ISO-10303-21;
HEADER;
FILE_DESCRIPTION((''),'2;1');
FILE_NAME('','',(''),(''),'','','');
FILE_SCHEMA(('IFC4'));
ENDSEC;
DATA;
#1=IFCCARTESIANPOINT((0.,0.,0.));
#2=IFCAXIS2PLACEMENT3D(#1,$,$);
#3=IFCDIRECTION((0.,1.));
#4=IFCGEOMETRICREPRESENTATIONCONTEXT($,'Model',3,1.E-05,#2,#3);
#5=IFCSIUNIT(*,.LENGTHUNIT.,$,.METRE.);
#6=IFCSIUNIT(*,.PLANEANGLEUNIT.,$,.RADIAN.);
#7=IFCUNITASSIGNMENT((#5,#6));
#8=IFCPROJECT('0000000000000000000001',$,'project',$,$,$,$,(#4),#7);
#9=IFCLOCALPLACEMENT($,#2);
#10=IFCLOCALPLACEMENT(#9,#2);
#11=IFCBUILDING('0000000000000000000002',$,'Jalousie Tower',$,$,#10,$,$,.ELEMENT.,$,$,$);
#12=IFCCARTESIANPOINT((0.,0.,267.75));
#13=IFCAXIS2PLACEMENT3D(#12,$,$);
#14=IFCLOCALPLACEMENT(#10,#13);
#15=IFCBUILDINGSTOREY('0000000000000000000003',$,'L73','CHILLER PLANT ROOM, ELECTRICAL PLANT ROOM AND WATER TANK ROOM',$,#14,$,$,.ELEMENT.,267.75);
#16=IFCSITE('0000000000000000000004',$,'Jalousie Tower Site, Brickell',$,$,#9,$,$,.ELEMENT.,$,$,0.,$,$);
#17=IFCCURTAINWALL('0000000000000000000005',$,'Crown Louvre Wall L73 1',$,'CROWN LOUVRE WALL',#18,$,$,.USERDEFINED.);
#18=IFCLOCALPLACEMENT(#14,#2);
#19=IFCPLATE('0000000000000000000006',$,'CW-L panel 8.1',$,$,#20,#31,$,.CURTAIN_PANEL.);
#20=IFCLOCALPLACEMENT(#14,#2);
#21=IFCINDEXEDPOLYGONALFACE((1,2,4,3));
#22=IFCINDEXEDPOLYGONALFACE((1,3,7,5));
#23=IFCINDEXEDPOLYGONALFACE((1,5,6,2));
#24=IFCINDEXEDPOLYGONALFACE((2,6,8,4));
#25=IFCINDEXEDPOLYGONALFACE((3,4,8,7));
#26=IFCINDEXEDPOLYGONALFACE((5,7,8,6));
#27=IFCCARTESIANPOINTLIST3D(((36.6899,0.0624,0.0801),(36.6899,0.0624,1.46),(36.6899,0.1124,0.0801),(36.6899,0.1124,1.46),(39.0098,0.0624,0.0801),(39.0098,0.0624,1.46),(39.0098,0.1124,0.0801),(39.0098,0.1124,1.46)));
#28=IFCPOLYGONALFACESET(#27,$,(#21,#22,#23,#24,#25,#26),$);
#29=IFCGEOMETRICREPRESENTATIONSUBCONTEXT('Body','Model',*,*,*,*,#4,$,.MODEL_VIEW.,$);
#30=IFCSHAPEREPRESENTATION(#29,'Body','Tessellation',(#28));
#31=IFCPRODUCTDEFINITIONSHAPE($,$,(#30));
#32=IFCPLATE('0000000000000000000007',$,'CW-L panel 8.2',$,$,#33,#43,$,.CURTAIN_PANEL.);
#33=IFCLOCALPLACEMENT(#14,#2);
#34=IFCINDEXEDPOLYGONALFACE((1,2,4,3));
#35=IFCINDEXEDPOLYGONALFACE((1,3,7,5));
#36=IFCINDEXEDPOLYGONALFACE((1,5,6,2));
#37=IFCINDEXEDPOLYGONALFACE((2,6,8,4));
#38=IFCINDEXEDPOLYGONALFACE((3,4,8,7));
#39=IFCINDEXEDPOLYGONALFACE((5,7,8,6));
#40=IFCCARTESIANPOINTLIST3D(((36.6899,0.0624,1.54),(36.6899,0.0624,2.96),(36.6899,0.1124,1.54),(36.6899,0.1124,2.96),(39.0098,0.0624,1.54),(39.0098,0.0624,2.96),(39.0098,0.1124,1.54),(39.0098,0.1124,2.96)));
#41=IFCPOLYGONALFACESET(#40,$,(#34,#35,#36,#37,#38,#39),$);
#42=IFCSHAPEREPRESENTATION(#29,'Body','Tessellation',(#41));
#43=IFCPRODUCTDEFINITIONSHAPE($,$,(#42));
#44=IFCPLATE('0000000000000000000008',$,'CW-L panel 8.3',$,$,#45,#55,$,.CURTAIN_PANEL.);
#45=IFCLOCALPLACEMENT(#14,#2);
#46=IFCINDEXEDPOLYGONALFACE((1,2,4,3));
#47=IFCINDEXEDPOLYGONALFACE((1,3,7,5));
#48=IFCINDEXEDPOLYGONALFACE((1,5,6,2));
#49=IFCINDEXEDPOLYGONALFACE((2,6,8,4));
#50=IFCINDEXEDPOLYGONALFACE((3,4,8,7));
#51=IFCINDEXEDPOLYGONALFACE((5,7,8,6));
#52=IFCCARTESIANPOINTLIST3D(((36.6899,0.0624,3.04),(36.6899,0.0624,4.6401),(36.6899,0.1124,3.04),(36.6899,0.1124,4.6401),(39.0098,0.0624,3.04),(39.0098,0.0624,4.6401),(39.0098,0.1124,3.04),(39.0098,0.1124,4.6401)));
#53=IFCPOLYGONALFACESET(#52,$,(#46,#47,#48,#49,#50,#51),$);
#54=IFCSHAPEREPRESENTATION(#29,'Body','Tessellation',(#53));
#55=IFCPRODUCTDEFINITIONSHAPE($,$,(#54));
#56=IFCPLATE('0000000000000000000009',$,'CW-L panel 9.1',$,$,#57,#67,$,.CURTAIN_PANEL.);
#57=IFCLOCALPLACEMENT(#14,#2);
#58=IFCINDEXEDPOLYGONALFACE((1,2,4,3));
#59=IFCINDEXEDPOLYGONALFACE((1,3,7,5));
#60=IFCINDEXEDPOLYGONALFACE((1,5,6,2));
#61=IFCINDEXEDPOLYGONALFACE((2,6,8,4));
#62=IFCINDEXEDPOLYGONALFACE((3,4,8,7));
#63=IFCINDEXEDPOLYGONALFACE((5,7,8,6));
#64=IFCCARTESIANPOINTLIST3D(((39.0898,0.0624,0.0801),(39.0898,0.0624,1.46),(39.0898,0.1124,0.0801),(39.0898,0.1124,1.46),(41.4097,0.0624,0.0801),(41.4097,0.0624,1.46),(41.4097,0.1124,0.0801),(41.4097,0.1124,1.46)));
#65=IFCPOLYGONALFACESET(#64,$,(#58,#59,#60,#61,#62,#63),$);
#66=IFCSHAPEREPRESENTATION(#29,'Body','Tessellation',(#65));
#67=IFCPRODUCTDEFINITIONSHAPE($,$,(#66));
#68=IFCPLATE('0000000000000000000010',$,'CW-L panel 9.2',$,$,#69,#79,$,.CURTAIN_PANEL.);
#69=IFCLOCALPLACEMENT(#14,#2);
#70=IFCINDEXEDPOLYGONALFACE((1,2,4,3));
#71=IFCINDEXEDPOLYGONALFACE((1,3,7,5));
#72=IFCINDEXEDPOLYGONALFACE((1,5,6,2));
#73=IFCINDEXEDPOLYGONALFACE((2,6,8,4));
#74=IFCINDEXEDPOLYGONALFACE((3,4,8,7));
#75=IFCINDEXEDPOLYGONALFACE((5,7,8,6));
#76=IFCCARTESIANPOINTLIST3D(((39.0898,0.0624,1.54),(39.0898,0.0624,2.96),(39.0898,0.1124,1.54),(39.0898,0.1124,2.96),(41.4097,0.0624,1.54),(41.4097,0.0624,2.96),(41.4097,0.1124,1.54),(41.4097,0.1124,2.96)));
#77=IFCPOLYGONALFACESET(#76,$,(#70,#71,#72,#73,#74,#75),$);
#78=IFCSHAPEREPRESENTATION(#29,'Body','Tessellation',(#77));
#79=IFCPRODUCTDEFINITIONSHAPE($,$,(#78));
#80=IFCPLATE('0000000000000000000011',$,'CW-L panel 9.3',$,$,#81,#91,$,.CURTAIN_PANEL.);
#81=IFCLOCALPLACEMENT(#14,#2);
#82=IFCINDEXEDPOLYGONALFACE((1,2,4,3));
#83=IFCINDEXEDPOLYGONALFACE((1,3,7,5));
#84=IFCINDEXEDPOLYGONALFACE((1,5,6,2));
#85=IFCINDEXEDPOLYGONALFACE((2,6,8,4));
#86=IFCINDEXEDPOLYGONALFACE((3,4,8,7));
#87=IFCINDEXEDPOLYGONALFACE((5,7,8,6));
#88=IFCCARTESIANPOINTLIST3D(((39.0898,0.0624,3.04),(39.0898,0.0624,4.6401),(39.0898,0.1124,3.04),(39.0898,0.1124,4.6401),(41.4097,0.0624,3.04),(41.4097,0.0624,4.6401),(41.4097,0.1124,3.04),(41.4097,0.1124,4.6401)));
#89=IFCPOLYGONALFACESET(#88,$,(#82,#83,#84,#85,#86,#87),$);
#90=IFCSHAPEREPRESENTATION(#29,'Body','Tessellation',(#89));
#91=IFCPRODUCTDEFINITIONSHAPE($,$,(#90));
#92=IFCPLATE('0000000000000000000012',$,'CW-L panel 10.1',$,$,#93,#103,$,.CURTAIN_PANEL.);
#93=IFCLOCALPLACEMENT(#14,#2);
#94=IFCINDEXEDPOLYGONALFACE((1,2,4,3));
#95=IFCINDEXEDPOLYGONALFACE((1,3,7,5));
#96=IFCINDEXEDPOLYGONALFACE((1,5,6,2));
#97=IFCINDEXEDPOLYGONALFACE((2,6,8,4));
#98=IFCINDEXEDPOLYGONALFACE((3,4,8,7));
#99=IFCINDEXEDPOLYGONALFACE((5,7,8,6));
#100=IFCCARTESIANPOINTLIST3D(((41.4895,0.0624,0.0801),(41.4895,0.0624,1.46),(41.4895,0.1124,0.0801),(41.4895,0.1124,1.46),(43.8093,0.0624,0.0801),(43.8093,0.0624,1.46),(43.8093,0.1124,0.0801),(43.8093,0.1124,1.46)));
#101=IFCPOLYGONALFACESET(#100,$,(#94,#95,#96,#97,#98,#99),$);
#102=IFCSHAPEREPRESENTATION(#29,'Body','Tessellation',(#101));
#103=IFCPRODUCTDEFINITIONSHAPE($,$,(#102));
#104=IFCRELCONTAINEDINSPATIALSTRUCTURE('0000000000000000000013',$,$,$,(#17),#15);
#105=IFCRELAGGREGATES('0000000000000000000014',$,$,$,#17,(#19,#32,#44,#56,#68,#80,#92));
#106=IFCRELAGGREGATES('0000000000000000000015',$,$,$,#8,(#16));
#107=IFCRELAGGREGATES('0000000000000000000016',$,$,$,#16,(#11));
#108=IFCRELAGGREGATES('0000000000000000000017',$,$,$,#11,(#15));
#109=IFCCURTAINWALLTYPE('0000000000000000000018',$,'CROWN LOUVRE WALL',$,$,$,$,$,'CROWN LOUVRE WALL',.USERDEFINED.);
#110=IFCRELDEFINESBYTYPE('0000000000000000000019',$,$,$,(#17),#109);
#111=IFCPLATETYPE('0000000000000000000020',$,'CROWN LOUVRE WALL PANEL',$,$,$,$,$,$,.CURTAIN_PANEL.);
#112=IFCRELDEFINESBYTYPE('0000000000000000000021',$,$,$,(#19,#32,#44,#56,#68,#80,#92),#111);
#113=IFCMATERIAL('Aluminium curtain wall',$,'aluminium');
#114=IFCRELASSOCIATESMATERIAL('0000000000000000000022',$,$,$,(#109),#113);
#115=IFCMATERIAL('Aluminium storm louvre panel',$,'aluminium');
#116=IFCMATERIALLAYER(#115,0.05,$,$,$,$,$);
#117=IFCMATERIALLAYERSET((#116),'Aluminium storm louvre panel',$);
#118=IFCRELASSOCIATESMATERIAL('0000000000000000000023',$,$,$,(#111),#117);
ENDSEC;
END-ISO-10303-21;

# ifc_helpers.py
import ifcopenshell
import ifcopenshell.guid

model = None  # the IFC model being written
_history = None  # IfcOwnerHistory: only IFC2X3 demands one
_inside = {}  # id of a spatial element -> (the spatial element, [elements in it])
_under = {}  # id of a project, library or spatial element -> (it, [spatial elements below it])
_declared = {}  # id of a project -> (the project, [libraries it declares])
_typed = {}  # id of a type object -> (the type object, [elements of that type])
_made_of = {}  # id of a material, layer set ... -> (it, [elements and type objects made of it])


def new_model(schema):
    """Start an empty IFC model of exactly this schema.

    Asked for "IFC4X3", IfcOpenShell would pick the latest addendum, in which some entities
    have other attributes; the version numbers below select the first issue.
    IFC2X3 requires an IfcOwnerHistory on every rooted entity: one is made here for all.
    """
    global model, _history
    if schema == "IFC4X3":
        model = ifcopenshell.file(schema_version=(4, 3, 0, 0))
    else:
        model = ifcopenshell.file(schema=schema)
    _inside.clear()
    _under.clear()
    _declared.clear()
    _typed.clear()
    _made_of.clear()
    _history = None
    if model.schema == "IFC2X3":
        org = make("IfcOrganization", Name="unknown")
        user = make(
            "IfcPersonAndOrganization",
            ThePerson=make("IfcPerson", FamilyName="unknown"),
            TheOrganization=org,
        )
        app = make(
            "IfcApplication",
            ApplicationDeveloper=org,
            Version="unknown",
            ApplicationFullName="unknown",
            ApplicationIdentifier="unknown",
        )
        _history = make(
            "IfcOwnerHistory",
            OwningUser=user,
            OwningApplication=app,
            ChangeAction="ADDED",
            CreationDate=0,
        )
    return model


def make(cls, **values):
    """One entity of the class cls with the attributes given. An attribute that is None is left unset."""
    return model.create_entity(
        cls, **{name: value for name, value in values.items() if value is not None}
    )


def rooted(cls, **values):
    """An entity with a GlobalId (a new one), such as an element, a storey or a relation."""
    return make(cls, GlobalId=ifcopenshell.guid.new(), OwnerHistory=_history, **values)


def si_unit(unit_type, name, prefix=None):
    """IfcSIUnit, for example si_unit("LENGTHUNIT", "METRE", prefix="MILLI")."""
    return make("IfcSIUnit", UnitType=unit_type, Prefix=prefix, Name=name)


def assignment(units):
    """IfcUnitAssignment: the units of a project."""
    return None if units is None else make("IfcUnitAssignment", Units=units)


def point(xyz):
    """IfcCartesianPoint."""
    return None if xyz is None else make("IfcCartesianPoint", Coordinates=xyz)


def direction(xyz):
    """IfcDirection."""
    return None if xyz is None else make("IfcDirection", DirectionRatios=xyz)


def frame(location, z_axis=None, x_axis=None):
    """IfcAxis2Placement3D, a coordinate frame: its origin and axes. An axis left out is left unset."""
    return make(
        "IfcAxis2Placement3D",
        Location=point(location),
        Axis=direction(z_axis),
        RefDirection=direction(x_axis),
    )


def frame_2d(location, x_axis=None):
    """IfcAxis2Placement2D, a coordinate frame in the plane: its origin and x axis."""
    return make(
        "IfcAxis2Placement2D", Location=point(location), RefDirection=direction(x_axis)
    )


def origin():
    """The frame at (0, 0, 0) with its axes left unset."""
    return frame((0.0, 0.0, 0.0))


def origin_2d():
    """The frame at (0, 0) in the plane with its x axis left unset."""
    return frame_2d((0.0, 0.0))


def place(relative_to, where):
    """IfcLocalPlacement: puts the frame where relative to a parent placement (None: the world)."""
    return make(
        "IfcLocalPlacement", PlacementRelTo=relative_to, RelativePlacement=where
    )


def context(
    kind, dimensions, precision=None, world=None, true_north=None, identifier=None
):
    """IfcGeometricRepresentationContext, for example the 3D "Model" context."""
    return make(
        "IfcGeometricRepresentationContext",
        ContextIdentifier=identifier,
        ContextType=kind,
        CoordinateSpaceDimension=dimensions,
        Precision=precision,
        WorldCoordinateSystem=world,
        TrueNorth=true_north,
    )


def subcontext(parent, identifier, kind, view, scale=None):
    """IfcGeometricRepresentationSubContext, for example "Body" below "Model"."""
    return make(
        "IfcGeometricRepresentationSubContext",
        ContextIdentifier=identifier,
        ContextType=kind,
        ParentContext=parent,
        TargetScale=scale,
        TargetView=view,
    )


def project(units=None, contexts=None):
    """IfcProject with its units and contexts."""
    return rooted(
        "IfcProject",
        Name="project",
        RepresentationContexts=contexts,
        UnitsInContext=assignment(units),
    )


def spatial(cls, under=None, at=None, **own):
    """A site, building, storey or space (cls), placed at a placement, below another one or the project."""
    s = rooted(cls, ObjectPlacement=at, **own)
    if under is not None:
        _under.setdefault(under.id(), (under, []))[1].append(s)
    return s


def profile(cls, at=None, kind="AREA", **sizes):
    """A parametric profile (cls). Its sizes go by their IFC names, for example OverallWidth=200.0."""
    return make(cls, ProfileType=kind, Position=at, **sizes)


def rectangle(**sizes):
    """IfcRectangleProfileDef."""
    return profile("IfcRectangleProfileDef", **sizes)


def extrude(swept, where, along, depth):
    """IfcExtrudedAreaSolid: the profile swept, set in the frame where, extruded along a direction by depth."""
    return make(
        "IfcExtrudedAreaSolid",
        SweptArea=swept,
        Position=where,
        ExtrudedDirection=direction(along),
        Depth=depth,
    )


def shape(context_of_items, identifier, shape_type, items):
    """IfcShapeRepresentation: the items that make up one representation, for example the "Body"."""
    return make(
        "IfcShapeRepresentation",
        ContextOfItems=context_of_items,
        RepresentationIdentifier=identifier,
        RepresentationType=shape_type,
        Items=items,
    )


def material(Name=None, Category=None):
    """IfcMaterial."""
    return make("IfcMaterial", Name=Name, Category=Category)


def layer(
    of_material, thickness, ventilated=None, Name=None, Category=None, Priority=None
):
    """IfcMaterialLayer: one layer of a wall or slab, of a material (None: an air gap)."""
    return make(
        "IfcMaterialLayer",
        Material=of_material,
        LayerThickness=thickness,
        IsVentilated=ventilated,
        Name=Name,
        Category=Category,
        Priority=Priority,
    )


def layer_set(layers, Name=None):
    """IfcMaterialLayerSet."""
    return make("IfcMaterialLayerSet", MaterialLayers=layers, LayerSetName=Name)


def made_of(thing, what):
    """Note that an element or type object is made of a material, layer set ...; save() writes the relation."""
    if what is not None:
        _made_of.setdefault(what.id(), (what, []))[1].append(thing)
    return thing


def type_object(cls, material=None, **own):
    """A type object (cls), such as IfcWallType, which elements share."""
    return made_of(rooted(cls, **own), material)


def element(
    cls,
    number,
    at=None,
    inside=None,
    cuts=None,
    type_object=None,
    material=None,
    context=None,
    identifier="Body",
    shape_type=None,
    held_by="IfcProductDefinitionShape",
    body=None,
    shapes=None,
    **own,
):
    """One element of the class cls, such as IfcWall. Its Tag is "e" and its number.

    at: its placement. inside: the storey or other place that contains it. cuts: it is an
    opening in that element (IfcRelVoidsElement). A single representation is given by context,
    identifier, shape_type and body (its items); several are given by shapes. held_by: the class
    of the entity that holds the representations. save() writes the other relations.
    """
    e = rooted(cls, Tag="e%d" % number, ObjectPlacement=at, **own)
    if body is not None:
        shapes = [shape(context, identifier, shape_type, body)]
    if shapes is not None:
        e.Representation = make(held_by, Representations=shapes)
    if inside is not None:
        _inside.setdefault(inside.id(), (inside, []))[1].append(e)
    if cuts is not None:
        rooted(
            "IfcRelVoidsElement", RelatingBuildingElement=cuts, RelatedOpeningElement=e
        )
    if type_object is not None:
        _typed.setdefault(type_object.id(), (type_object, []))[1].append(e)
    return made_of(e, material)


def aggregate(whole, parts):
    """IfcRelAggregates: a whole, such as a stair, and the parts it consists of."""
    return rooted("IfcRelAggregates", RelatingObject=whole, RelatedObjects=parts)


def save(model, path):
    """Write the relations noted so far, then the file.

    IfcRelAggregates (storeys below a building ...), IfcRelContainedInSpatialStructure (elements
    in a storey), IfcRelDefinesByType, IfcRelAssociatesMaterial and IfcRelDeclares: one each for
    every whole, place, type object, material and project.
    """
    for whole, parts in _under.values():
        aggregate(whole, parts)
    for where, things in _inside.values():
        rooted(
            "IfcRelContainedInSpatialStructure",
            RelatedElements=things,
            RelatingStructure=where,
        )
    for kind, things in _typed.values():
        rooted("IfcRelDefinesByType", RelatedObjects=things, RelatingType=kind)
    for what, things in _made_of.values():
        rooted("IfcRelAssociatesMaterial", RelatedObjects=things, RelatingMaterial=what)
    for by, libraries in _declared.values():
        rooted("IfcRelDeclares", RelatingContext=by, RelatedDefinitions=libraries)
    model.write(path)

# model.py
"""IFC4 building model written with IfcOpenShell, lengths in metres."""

from ifc_helpers import new_model, si_unit, direction, frame, origin, origin_2d, place, context, subcontext, project, spatial, rectangle, extrude, material, layer, layer_set, type_object, element, aggregate, save


model = new_model("IFC4")

# Units and contexts
model_context = context("Model", 3, precision=1e-05, world=origin(), true_north=direction((0.0, 1.0)))
body_context = subcontext(model_context, "Body", "Model", "MODEL_VIEW")
ifc_project = project(units=[si_unit("LENGTHUNIT", "METRE"), si_unit("PLANEANGLEUNIT", "RADIAN")], contexts=[model_context])

# Site, building, storey
site_placement = place(None, origin())
site = spatial("IfcSite", under=ifc_project, at=site_placement, Name="Jalousie Tower Site, Brickell", CompositionType="ELEMENT", RefElevation=0.0)
building_placement = place(site_placement, origin())
building = spatial("IfcBuilding", under=site, at=building_placement, Name="Jalousie Tower", CompositionType="ELEMENT")
storey_placement = place(building_placement, frame((0.0, 0.0, 267.75)))
storey = spatial("IfcBuildingStorey", under=building, at=storey_placement, Name="L73", Description="CHILLER PLANT ROOM, ELECTRICAL PLANT ROOM AND WATER TANK ROOM", CompositionType="ELEMENT", Elevation=267.75)

# Curtain wall, plates
ifc_material_1 = material(Name="Aluminium curtain wall", Category="aluminium")
curtain_wall_type = type_object("IfcCurtainWallType", Name="CROWN LOUVRE WALL", ElementType="CROWN LOUVRE WALL", PredefinedType="USERDEFINED", material=ifc_material_1)
curtain_wall_placement = place(storey_placement, origin())
curtain_wall = element("IfcCurtainWall", 1, at=curtain_wall_placement, inside=storey, type_object=curtain_wall_type, Name="Crown Louvre Wall L73 1", ObjectType="CROWN LOUVRE WALL", PredefinedType="USERDEFINED")
ifc_material_2 = material(Name="Aluminium storm louvre panel", Category="aluminium")
ifc_layer = layer(ifc_material_2, 0.05)
ifc_layer_set = layer_set([ifc_layer], Name="Aluminium storm louvre panel")
plate_type = type_object("IfcPlateType", Name="CROWN LOUVRE WALL PANEL", PredefinedType="CURTAIN_PANEL", material=ifc_layer_set)
plate_1_placement = place(storey_placement, frame((37.8499, 0.0874, 0.0801), z_axis=(0.0, 0.0, 1.0), x_axis=(1.0, 0.0, 0.0)))
plate_1 = element("IfcPlate", 2, at=plate_1_placement, type_object=plate_type, Name="CW-L panel 8.1", PredefinedType="CURTAIN_PANEL", context=body_context, shape_type="SweptSolid", body=[
    extrude(rectangle(XDim=2.3198, YDim=0.05, at=origin_2d()), origin(), (0.0, 0.0, 1.0), 1.3799),
])
plate_2_placement = place(storey_placement, frame((37.8499, 0.0874, 1.54), z_axis=(0.0, 0.0, 1.0), x_axis=(1.0, 0.0, 0.0)))
plate_2 = element("IfcPlate", 3, at=plate_2_placement, type_object=plate_type, Name="CW-L panel 8.2", PredefinedType="CURTAIN_PANEL", context=body_context, shape_type="SweptSolid", body=[
    extrude(rectangle(XDim=2.3198, YDim=0.05, at=origin_2d()), origin(), (0.0, 0.0, 1.0), 1.4199),
])
plate_3_placement = place(storey_placement, frame((37.8499, 0.0874, 3.04), z_axis=(0.0, 0.0, 1.0), x_axis=(1.0, 0.0, 0.0)))
plate_3 = element("IfcPlate", 4, at=plate_3_placement, type_object=plate_type, Name="CW-L panel 8.3", PredefinedType="CURTAIN_PANEL", context=body_context, shape_type="SweptSolid", body=[
    extrude(rectangle(XDim=2.3198, YDim=0.05, at=origin_2d()), origin(), (0.0, 0.0, 1.0), 1.6001),
])
plate_4_placement = place(storey_placement, frame((40.2498, 0.0874, 0.0801), z_axis=(0.0, 0.0, 1.0), x_axis=(1.0, 0.0, 0.0)))
plate_4 = element("IfcPlate", 5, at=plate_4_placement, type_object=plate_type, Name="CW-L panel 9.1", PredefinedType="CURTAIN_PANEL", context=body_context, shape_type="SweptSolid", body=[
    extrude(rectangle(XDim=2.3198, YDim=0.05, at=origin_2d()), origin(), (0.0, 0.0, 1.0), 1.3799),
])
plate_5_placement = place(storey_placement, frame((40.2498, 0.0874, 1.54), z_axis=(0.0, 0.0, 1.0), x_axis=(1.0, 0.0, 0.0)))
plate_5 = element("IfcPlate", 6, at=plate_5_placement, type_object=plate_type, Name="CW-L panel 9.2", PredefinedType="CURTAIN_PANEL", context=body_context, shape_type="SweptSolid", body=[
    extrude(rectangle(XDim=2.3198, YDim=0.05, at=origin_2d()), origin(), (0.0, 0.0, 1.0), 1.4199),
])
plate_6_placement = place(storey_placement, frame((40.2498, 0.0874, 3.04), z_axis=(0.0, 0.0, 1.0), x_axis=(1.0, 0.0, 0.0)))
plate_6 = element("IfcPlate", 7, at=plate_6_placement, type_object=plate_type, Name="CW-L panel 9.3", PredefinedType="CURTAIN_PANEL", context=body_context, shape_type="SweptSolid", body=[
    extrude(rectangle(XDim=2.3198, YDim=0.05, at=origin_2d()), origin(), (0.0, 0.0, 1.0), 1.6001),
])
plate_7_placement = place(storey_placement, frame((42.6494, 0.0874, 0.0801), z_axis=(0.0, 0.0, 1.0), x_axis=(1.0, 0.0, 0.0)))
plate_7 = element("IfcPlate", 8, at=plate_7_placement, type_object=plate_type, Name="CW-L panel 10.1", PredefinedType="CURTAIN_PANEL", context=body_context, shape_type="SweptSolid", body=[
    extrude(rectangle(XDim=2.3198, YDim=0.05, at=origin_2d()), origin(), (0.0, 0.0, 1.0), 1.3799),
])
aggregate(curtain_wall, [plate_1, plate_2, plate_3, plate_4, plate_5, plate_6, plate_7])

save(model, "model.ifc")
